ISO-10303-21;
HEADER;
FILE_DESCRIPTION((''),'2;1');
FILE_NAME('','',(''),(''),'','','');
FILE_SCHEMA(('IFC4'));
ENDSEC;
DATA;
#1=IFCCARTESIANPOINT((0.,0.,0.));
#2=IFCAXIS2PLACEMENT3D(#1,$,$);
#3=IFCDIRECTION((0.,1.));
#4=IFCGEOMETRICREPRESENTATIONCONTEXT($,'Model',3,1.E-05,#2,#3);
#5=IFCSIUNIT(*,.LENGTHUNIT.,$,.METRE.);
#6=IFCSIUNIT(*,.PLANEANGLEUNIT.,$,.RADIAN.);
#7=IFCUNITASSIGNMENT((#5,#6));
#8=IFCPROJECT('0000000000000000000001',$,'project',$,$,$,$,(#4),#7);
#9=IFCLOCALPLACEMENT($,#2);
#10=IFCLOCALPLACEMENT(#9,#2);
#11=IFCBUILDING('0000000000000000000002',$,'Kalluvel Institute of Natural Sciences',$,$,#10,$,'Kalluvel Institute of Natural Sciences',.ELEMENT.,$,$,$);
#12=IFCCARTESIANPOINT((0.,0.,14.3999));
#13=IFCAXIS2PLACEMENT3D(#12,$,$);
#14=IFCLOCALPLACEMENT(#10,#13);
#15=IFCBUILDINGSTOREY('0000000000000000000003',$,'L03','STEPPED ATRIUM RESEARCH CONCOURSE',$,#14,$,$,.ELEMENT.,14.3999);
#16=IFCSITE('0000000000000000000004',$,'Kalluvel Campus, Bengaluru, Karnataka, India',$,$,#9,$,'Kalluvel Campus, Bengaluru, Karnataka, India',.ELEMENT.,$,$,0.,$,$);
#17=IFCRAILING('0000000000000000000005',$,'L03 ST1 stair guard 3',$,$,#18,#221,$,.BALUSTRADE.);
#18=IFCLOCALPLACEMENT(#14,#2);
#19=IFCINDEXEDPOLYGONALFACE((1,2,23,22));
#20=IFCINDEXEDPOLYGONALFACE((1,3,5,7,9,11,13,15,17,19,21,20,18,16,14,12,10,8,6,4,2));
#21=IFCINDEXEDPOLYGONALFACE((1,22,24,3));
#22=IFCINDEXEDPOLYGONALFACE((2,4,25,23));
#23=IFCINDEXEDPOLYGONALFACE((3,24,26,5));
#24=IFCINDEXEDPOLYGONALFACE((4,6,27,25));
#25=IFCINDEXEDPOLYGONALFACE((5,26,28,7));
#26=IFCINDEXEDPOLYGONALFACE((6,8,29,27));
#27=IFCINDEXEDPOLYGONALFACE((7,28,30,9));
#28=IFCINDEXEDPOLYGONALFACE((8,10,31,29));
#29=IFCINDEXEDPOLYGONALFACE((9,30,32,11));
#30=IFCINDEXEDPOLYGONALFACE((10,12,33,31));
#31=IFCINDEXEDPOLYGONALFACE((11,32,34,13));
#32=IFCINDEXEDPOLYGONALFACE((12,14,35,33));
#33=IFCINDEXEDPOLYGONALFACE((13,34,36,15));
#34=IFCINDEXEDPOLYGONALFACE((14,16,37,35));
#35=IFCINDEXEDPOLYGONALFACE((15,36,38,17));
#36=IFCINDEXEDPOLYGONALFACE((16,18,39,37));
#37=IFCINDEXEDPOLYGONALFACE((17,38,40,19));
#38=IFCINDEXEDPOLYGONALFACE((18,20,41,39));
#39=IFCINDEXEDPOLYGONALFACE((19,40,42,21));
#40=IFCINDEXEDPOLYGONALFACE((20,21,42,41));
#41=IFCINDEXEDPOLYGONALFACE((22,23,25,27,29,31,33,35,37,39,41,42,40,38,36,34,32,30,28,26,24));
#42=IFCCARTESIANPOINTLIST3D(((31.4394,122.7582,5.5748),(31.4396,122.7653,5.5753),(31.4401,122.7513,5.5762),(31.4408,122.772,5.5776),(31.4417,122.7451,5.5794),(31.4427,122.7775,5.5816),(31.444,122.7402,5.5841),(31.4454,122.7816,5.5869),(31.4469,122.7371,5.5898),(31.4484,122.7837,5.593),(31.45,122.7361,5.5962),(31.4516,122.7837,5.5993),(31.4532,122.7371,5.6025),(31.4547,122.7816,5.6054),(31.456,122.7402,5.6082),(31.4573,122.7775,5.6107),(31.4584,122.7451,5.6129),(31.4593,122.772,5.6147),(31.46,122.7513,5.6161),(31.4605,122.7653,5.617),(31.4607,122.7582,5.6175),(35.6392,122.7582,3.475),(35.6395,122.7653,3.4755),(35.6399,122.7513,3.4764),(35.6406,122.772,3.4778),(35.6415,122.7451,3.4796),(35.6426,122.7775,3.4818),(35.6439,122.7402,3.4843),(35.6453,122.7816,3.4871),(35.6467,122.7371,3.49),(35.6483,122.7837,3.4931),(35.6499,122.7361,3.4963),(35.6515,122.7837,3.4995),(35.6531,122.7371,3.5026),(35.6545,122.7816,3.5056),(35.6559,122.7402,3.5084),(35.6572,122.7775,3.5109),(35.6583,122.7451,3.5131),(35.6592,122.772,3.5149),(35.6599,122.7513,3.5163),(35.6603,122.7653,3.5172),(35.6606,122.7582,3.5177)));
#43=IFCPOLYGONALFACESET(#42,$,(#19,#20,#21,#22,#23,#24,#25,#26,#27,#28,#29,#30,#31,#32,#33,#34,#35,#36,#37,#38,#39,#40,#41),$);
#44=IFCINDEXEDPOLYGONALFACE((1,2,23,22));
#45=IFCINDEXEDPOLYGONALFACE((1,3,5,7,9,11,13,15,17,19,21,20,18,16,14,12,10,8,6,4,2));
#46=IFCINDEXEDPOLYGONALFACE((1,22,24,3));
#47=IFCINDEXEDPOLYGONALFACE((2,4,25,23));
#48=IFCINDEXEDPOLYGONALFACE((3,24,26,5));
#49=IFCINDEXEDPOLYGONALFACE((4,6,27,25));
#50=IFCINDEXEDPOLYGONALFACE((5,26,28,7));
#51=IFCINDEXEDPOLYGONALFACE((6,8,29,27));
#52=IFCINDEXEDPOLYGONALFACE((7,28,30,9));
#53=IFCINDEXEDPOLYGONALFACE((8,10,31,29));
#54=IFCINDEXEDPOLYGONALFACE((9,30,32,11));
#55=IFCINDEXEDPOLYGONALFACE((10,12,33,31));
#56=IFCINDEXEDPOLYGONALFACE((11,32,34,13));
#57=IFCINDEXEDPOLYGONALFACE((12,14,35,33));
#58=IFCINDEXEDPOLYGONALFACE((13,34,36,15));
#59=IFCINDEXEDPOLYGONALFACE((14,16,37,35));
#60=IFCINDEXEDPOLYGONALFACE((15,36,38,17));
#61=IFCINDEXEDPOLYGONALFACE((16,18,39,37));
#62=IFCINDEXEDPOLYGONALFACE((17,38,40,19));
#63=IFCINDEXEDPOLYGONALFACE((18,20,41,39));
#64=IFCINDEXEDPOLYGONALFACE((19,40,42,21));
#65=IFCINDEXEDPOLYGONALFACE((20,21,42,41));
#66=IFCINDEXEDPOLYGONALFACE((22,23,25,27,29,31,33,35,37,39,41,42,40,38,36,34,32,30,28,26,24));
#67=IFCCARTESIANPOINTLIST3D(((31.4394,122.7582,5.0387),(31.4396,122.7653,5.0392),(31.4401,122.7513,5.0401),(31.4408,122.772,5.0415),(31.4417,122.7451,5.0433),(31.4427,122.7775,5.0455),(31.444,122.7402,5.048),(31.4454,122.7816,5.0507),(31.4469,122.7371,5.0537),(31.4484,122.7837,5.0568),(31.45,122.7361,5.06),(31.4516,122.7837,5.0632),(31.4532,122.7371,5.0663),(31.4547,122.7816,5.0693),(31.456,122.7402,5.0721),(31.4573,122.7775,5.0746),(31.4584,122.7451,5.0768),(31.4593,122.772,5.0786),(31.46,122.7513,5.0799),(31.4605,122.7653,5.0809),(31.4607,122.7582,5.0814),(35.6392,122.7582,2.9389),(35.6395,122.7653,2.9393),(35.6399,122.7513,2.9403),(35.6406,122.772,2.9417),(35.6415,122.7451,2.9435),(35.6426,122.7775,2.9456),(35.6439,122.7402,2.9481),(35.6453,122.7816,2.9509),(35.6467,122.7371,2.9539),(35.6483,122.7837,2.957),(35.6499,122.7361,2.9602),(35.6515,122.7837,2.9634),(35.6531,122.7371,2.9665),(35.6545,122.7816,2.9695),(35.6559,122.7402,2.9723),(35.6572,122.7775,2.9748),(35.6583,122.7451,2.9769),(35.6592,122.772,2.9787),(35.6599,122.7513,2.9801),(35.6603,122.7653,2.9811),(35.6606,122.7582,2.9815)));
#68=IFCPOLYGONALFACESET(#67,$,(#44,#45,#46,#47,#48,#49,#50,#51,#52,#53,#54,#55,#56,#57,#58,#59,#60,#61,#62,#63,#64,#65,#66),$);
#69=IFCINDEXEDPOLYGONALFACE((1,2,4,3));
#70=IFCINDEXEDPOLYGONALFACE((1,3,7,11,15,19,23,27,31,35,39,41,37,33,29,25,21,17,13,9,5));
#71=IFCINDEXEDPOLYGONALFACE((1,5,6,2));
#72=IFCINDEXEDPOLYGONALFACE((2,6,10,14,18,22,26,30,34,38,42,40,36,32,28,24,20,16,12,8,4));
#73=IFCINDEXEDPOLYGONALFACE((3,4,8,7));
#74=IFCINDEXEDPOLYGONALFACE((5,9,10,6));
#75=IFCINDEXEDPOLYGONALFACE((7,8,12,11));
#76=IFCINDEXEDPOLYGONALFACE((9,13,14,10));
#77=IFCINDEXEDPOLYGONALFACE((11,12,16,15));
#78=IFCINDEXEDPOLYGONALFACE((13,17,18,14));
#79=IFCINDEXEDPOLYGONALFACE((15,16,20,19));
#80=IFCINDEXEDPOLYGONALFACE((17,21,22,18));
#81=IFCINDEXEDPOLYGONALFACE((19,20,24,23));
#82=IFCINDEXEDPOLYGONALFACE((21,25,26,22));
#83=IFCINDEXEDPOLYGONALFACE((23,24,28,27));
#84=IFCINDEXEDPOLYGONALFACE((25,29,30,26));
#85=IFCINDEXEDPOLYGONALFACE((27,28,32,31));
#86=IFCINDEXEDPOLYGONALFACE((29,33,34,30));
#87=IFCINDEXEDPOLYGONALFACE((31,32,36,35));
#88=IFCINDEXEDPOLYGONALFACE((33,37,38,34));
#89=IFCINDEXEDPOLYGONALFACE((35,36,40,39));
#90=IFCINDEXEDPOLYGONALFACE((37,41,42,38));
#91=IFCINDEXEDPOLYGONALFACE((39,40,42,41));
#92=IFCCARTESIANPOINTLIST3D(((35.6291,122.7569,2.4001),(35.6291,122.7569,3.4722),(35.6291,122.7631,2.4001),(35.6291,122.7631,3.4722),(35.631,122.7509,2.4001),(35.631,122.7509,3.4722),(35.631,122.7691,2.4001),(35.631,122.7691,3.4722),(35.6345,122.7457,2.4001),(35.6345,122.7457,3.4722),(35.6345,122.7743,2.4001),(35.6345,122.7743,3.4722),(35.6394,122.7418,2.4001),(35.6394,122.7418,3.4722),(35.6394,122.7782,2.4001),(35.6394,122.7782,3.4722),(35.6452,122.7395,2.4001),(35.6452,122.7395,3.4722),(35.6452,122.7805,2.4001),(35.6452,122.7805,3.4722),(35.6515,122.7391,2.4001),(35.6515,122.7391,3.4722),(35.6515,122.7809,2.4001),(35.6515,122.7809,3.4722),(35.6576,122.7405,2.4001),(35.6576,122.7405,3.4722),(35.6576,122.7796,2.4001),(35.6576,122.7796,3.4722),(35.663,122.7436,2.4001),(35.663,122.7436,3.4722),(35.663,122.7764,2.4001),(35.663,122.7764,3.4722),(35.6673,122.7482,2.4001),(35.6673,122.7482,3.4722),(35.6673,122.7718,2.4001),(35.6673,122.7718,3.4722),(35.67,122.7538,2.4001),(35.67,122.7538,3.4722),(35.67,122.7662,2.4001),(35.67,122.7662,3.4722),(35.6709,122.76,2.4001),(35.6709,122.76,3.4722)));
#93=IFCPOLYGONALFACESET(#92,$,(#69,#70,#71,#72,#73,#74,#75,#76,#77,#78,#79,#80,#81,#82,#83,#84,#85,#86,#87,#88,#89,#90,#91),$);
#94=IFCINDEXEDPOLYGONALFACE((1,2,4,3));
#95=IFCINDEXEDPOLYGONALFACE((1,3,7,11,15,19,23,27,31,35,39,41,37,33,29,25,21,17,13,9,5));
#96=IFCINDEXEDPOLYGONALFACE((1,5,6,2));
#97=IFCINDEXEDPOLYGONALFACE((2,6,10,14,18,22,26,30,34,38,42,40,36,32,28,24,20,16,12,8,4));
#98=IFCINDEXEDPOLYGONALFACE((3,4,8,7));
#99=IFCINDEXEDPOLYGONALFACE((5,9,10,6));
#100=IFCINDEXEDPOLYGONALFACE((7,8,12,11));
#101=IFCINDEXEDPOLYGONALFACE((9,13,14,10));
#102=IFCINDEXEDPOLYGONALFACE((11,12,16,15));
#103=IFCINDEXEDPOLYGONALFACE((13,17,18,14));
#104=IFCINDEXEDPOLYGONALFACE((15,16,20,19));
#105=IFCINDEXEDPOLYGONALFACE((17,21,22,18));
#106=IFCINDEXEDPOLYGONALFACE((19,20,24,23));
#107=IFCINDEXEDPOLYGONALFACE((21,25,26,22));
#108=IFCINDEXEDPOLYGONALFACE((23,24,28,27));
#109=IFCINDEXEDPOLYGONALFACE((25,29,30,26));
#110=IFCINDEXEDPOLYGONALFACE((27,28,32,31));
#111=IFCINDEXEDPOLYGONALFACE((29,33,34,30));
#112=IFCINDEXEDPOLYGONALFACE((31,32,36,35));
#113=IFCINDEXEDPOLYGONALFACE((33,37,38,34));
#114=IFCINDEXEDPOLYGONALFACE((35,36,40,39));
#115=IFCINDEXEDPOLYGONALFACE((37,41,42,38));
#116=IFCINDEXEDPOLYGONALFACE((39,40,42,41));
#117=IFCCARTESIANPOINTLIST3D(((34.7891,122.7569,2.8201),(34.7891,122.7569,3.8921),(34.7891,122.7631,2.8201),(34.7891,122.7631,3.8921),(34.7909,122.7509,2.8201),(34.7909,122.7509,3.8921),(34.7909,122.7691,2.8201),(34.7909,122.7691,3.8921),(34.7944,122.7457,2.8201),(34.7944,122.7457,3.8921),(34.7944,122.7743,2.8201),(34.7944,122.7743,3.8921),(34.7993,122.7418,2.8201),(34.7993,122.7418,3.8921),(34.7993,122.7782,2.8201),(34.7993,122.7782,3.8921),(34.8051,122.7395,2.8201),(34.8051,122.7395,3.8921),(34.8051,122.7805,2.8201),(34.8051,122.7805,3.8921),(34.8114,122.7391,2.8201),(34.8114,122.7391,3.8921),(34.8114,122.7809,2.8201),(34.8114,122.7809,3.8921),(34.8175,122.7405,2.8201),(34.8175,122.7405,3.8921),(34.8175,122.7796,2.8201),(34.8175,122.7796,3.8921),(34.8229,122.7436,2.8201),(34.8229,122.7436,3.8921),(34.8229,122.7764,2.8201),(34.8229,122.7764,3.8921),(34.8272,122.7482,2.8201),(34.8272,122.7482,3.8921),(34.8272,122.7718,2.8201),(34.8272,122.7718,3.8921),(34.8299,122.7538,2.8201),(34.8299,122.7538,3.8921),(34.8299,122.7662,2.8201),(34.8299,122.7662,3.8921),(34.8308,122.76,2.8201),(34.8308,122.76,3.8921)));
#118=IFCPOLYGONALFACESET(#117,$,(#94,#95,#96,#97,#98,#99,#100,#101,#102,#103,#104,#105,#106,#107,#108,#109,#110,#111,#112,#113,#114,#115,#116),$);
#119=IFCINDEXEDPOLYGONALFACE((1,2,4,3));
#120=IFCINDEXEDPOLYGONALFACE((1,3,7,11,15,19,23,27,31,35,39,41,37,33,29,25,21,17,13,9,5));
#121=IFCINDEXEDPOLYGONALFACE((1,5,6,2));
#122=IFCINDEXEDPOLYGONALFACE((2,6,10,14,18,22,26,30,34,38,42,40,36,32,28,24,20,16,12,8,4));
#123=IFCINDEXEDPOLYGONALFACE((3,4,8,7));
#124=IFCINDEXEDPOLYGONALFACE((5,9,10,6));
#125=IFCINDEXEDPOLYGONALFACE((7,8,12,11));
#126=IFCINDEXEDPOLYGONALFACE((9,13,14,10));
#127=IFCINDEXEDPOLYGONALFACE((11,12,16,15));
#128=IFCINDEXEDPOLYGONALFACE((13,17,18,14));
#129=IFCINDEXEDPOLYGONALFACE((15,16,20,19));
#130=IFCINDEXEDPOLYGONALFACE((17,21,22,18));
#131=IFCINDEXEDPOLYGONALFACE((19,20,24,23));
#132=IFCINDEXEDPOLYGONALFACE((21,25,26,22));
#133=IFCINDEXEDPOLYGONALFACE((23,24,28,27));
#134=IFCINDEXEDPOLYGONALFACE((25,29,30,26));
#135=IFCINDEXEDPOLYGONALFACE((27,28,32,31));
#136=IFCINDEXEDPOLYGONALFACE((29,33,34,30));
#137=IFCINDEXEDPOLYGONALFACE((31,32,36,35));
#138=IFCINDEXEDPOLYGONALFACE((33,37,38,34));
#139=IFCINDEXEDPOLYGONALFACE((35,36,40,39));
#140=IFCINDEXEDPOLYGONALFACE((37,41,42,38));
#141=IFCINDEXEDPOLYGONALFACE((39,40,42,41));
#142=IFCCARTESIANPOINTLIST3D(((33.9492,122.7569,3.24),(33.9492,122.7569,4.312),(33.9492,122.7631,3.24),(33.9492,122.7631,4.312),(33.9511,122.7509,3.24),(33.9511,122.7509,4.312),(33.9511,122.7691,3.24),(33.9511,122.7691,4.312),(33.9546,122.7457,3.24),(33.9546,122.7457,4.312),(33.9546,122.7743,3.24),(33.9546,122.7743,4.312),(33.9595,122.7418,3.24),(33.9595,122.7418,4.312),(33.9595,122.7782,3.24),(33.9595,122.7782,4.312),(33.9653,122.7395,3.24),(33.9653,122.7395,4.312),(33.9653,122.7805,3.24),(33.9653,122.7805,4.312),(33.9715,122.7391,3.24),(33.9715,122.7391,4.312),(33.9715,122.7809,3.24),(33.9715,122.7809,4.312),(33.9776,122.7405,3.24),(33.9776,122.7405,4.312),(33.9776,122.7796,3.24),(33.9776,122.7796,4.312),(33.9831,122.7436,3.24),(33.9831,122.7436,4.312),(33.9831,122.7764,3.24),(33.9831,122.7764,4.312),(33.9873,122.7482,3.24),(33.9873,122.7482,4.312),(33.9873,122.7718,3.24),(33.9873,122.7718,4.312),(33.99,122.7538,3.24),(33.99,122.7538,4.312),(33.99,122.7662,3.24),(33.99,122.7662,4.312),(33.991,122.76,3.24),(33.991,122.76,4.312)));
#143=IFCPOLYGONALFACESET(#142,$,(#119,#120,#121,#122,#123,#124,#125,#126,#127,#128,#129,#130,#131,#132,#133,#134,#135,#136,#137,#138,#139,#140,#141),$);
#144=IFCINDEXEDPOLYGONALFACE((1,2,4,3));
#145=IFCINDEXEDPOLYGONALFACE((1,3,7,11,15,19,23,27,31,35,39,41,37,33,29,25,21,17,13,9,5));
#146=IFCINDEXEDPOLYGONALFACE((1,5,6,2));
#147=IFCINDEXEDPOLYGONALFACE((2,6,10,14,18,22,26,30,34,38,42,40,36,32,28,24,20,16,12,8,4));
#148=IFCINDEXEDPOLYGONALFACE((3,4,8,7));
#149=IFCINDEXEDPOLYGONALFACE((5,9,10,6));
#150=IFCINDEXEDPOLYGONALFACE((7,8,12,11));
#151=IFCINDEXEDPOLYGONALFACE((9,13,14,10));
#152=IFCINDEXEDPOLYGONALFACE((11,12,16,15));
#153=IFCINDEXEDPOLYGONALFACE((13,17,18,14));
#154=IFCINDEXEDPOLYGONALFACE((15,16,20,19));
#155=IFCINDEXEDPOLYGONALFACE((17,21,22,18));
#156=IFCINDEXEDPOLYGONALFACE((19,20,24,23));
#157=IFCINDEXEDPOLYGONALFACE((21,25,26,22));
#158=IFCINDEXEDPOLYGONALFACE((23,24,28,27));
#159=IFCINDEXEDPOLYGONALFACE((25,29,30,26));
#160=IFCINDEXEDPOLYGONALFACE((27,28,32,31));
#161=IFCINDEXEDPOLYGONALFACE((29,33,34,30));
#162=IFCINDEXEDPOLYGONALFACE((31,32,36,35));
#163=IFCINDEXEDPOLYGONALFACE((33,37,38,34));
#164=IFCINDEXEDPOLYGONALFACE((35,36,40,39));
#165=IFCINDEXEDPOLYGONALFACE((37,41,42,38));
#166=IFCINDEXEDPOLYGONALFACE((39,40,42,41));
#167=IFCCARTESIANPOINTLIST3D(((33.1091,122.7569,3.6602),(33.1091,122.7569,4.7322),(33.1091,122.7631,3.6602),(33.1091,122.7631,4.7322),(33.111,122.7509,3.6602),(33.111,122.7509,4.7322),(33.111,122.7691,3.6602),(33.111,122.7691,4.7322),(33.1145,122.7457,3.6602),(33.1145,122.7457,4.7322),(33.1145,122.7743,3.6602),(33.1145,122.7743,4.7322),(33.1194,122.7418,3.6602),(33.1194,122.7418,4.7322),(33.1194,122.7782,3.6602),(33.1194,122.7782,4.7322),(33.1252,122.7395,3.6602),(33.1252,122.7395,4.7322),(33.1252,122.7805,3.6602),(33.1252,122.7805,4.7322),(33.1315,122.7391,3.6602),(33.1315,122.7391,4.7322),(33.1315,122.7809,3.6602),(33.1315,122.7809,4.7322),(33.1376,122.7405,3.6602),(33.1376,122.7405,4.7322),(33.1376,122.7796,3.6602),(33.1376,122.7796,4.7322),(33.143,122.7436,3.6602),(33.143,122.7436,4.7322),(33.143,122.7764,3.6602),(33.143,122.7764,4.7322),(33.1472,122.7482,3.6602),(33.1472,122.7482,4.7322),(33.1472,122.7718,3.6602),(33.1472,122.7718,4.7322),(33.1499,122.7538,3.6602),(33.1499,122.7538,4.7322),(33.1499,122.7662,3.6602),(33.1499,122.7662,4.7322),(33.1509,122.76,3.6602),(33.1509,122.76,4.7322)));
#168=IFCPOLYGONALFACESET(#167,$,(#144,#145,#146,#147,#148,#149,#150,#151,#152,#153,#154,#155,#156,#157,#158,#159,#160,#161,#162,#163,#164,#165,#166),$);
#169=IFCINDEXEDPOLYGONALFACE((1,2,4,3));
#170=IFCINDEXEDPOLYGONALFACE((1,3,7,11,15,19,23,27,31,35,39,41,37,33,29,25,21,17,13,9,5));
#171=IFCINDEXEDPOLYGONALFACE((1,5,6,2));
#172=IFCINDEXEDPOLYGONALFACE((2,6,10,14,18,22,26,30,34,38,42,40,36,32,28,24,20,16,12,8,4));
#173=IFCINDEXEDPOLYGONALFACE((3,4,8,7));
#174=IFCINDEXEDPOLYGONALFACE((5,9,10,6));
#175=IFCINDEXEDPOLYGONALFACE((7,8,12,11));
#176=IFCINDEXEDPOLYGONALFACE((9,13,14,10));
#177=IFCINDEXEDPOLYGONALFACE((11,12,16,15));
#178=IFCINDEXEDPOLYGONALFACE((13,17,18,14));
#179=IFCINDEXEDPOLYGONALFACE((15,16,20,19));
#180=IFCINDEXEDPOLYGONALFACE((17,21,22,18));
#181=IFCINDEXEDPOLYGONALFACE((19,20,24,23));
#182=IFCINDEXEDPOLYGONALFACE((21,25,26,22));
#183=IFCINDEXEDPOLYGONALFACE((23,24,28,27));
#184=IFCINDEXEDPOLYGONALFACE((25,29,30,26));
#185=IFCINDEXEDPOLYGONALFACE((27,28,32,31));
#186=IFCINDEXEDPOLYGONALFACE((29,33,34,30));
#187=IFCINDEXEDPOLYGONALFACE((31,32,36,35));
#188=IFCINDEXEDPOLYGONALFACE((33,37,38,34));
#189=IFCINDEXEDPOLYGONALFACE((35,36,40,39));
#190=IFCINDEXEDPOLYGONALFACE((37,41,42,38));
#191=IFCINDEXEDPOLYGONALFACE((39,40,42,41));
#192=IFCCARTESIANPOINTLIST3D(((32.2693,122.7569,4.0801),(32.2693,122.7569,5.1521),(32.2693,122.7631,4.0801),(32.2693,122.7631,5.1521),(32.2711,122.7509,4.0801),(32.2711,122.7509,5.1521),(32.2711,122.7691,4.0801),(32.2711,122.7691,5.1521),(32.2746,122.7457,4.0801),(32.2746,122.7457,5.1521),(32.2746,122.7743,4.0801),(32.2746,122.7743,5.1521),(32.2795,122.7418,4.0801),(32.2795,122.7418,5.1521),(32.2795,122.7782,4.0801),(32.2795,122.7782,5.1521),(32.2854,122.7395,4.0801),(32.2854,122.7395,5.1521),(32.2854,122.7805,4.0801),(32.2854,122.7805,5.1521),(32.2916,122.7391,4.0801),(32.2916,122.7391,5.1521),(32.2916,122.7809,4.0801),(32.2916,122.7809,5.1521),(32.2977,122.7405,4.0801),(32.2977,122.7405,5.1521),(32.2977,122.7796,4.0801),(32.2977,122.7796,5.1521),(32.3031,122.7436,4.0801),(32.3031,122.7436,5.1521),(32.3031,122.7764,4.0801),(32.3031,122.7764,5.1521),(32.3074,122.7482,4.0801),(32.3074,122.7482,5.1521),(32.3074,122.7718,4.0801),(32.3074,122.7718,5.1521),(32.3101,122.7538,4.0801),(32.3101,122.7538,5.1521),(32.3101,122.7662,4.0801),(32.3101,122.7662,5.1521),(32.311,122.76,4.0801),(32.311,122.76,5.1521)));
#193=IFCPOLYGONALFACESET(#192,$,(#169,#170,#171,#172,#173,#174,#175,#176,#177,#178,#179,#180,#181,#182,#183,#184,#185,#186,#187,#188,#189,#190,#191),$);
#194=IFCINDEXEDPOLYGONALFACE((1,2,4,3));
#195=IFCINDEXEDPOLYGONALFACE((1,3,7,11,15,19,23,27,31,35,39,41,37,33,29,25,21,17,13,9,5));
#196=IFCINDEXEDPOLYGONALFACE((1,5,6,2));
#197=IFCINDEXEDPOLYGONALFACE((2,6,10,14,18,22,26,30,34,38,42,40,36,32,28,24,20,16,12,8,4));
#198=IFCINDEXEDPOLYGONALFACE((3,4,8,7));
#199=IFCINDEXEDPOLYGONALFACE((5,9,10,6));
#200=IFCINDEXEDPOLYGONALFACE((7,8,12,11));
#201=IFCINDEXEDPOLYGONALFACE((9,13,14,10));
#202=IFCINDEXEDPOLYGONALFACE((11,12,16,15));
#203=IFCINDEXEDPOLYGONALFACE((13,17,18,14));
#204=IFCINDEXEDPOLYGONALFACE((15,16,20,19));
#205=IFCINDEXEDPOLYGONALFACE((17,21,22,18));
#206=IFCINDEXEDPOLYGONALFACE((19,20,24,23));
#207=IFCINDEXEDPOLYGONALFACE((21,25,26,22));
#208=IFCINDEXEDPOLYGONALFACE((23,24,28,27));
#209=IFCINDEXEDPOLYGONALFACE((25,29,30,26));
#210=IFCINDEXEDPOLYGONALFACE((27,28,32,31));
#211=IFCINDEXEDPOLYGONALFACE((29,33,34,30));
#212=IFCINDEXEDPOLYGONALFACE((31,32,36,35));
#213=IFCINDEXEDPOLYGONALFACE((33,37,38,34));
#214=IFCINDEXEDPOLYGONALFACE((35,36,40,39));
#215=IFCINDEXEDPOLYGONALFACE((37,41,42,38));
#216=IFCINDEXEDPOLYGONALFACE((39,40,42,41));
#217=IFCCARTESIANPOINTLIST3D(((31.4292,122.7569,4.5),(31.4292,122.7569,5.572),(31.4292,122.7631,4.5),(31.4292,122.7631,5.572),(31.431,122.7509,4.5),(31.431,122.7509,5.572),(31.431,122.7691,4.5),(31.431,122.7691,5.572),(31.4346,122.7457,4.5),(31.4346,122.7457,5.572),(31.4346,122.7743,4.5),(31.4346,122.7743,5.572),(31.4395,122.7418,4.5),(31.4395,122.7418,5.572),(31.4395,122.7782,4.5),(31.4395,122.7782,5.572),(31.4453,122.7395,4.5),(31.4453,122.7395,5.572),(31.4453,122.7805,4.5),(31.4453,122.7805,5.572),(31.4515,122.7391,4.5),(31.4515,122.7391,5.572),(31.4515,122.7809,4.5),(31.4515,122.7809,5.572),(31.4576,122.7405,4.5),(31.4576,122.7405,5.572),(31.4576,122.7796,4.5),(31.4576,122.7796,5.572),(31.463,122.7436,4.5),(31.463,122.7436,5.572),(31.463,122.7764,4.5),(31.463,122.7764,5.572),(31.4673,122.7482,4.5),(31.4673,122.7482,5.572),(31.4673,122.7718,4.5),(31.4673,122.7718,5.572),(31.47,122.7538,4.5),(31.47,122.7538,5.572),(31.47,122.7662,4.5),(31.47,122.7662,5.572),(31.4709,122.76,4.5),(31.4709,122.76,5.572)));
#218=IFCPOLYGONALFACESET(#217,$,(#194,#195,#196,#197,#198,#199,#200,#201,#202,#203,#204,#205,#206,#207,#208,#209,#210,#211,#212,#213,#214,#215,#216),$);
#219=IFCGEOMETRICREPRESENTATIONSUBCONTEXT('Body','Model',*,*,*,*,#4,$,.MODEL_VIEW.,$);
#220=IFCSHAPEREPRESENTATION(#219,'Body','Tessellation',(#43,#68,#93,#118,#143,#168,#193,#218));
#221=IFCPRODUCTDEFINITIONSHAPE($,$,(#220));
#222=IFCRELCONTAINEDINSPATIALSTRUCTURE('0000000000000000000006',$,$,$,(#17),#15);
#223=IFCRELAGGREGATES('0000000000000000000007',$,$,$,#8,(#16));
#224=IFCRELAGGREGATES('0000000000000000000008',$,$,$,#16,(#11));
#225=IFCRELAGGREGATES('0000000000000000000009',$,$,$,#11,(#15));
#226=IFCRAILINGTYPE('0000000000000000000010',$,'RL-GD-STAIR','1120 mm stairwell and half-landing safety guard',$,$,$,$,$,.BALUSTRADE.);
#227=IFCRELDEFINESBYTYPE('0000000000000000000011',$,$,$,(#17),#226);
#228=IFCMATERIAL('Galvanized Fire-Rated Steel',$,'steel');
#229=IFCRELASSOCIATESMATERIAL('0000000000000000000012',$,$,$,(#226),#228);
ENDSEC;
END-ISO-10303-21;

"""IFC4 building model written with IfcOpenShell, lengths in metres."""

from ifc_helpers import new_model, si_unit, direction, frame, origin, origin_2d, place, context, subcontext, project, spatial, circle, extrude, material, type_object, element, save


model = new_model("IFC4")

# Units and contexts
model_context = context("Model", 3, precision=1e-05, world=origin(), true_north=direction((0.0, 1.0)))
body_context = subcontext(model_context, "Body", "Model", "MODEL_VIEW")
ifc_project = project(units=[si_unit("LENGTHUNIT", "METRE"), si_unit("PLANEANGLEUNIT", "RADIAN")], contexts=[model_context])

# Site, building, storey
site_placement = place(None, origin())
site = spatial("IfcSite", under=ifc_project, at=site_placement, Name="Kalluvel Campus, Bengaluru, Karnataka, India", LongName="Kalluvel Campus, Bengaluru, Karnataka, India", CompositionType="ELEMENT", RefElevation=0.0)
building_placement = place(site_placement, origin())
building = spatial("IfcBuilding", under=site, at=building_placement, Name="Kalluvel Institute of Natural Sciences", LongName="Kalluvel Institute of Natural Sciences", CompositionType="ELEMENT")
storey_placement = place(building_placement, frame((0.0, 0.0, 14.3999)))
storey = spatial("IfcBuildingStorey", under=building, at=storey_placement, Name="L03", Description="STEPPED ATRIUM RESEARCH CONCOURSE", CompositionType="ELEMENT", Elevation=14.3999)

# Railing
ifc_material_1 = material(Name="Galvanized Fire-Rated Steel", Category="steel")
railing_type_1 = type_object("IfcRailingType", Name="RL-GD-STAIR", Description="1120 mm stairwell and half-landing safety guard", PredefinedType="BALUSTRADE", material=ifc_material_1)
railing_1_placement = place(storey_placement, frame((35.6499, 122.76, 2.4001)))
element("IfcRailing", 1, at=railing_1_placement, inside=storey, type_object=railing_type_1, Name="L03 ST1 stair guard 3", PredefinedType="BALUSTRADE", context=body_context, shape_type="SweptSolid", body=[
    extrude(circle(Radius=0.0239, at=origin_2d()), frame((0.0, 0.0, 1.0962), z_axis=(-0.894438, 0.0, 0.447193), x_axis=(0.0, -1.0, 0.0)), (0.0, 0.0, 1.0), 4.6956),
    extrude(circle(Radius=0.0239, at=origin_2d()), frame((0.0, 0.0, 0.5601), z_axis=(-0.894438, 0.0, 0.447193), x_axis=(0.0, -1.0, 0.0)), (0.0, 0.0, 1.0), 4.6956),
    extrude(circle(Radius=0.021, at=origin_2d()), origin(), (0.0, 0.0, 1.0), 1.072),
    extrude(circle(Radius=0.021, at=origin_2d()), frame((-0.8401, 0.0, 0.4199)), (0.0, 0.0, 1.0), 1.072),
    extrude(circle(Radius=0.021, at=origin_2d()), frame((-1.6799, 0.0, 0.8398)), (0.0, 0.0, 1.0), 1.072),
    extrude(circle(Radius=0.021, at=origin_2d()), frame((-2.52, 0.0, 1.26)), (0.0, 0.0, 1.0), 1.072),
    extrude(circle(Radius=0.021, at=origin_2d()), frame((-3.3599, 0.0, 1.6799)), (0.0, 0.0, 1.0), 1.072),
    extrude(circle(Radius=0.021, at=origin_2d()), frame((-4.2, 0.0, 2.0999)), (0.0, 0.0, 1.0), 1.072),
])

save(model, "model.ifc")
